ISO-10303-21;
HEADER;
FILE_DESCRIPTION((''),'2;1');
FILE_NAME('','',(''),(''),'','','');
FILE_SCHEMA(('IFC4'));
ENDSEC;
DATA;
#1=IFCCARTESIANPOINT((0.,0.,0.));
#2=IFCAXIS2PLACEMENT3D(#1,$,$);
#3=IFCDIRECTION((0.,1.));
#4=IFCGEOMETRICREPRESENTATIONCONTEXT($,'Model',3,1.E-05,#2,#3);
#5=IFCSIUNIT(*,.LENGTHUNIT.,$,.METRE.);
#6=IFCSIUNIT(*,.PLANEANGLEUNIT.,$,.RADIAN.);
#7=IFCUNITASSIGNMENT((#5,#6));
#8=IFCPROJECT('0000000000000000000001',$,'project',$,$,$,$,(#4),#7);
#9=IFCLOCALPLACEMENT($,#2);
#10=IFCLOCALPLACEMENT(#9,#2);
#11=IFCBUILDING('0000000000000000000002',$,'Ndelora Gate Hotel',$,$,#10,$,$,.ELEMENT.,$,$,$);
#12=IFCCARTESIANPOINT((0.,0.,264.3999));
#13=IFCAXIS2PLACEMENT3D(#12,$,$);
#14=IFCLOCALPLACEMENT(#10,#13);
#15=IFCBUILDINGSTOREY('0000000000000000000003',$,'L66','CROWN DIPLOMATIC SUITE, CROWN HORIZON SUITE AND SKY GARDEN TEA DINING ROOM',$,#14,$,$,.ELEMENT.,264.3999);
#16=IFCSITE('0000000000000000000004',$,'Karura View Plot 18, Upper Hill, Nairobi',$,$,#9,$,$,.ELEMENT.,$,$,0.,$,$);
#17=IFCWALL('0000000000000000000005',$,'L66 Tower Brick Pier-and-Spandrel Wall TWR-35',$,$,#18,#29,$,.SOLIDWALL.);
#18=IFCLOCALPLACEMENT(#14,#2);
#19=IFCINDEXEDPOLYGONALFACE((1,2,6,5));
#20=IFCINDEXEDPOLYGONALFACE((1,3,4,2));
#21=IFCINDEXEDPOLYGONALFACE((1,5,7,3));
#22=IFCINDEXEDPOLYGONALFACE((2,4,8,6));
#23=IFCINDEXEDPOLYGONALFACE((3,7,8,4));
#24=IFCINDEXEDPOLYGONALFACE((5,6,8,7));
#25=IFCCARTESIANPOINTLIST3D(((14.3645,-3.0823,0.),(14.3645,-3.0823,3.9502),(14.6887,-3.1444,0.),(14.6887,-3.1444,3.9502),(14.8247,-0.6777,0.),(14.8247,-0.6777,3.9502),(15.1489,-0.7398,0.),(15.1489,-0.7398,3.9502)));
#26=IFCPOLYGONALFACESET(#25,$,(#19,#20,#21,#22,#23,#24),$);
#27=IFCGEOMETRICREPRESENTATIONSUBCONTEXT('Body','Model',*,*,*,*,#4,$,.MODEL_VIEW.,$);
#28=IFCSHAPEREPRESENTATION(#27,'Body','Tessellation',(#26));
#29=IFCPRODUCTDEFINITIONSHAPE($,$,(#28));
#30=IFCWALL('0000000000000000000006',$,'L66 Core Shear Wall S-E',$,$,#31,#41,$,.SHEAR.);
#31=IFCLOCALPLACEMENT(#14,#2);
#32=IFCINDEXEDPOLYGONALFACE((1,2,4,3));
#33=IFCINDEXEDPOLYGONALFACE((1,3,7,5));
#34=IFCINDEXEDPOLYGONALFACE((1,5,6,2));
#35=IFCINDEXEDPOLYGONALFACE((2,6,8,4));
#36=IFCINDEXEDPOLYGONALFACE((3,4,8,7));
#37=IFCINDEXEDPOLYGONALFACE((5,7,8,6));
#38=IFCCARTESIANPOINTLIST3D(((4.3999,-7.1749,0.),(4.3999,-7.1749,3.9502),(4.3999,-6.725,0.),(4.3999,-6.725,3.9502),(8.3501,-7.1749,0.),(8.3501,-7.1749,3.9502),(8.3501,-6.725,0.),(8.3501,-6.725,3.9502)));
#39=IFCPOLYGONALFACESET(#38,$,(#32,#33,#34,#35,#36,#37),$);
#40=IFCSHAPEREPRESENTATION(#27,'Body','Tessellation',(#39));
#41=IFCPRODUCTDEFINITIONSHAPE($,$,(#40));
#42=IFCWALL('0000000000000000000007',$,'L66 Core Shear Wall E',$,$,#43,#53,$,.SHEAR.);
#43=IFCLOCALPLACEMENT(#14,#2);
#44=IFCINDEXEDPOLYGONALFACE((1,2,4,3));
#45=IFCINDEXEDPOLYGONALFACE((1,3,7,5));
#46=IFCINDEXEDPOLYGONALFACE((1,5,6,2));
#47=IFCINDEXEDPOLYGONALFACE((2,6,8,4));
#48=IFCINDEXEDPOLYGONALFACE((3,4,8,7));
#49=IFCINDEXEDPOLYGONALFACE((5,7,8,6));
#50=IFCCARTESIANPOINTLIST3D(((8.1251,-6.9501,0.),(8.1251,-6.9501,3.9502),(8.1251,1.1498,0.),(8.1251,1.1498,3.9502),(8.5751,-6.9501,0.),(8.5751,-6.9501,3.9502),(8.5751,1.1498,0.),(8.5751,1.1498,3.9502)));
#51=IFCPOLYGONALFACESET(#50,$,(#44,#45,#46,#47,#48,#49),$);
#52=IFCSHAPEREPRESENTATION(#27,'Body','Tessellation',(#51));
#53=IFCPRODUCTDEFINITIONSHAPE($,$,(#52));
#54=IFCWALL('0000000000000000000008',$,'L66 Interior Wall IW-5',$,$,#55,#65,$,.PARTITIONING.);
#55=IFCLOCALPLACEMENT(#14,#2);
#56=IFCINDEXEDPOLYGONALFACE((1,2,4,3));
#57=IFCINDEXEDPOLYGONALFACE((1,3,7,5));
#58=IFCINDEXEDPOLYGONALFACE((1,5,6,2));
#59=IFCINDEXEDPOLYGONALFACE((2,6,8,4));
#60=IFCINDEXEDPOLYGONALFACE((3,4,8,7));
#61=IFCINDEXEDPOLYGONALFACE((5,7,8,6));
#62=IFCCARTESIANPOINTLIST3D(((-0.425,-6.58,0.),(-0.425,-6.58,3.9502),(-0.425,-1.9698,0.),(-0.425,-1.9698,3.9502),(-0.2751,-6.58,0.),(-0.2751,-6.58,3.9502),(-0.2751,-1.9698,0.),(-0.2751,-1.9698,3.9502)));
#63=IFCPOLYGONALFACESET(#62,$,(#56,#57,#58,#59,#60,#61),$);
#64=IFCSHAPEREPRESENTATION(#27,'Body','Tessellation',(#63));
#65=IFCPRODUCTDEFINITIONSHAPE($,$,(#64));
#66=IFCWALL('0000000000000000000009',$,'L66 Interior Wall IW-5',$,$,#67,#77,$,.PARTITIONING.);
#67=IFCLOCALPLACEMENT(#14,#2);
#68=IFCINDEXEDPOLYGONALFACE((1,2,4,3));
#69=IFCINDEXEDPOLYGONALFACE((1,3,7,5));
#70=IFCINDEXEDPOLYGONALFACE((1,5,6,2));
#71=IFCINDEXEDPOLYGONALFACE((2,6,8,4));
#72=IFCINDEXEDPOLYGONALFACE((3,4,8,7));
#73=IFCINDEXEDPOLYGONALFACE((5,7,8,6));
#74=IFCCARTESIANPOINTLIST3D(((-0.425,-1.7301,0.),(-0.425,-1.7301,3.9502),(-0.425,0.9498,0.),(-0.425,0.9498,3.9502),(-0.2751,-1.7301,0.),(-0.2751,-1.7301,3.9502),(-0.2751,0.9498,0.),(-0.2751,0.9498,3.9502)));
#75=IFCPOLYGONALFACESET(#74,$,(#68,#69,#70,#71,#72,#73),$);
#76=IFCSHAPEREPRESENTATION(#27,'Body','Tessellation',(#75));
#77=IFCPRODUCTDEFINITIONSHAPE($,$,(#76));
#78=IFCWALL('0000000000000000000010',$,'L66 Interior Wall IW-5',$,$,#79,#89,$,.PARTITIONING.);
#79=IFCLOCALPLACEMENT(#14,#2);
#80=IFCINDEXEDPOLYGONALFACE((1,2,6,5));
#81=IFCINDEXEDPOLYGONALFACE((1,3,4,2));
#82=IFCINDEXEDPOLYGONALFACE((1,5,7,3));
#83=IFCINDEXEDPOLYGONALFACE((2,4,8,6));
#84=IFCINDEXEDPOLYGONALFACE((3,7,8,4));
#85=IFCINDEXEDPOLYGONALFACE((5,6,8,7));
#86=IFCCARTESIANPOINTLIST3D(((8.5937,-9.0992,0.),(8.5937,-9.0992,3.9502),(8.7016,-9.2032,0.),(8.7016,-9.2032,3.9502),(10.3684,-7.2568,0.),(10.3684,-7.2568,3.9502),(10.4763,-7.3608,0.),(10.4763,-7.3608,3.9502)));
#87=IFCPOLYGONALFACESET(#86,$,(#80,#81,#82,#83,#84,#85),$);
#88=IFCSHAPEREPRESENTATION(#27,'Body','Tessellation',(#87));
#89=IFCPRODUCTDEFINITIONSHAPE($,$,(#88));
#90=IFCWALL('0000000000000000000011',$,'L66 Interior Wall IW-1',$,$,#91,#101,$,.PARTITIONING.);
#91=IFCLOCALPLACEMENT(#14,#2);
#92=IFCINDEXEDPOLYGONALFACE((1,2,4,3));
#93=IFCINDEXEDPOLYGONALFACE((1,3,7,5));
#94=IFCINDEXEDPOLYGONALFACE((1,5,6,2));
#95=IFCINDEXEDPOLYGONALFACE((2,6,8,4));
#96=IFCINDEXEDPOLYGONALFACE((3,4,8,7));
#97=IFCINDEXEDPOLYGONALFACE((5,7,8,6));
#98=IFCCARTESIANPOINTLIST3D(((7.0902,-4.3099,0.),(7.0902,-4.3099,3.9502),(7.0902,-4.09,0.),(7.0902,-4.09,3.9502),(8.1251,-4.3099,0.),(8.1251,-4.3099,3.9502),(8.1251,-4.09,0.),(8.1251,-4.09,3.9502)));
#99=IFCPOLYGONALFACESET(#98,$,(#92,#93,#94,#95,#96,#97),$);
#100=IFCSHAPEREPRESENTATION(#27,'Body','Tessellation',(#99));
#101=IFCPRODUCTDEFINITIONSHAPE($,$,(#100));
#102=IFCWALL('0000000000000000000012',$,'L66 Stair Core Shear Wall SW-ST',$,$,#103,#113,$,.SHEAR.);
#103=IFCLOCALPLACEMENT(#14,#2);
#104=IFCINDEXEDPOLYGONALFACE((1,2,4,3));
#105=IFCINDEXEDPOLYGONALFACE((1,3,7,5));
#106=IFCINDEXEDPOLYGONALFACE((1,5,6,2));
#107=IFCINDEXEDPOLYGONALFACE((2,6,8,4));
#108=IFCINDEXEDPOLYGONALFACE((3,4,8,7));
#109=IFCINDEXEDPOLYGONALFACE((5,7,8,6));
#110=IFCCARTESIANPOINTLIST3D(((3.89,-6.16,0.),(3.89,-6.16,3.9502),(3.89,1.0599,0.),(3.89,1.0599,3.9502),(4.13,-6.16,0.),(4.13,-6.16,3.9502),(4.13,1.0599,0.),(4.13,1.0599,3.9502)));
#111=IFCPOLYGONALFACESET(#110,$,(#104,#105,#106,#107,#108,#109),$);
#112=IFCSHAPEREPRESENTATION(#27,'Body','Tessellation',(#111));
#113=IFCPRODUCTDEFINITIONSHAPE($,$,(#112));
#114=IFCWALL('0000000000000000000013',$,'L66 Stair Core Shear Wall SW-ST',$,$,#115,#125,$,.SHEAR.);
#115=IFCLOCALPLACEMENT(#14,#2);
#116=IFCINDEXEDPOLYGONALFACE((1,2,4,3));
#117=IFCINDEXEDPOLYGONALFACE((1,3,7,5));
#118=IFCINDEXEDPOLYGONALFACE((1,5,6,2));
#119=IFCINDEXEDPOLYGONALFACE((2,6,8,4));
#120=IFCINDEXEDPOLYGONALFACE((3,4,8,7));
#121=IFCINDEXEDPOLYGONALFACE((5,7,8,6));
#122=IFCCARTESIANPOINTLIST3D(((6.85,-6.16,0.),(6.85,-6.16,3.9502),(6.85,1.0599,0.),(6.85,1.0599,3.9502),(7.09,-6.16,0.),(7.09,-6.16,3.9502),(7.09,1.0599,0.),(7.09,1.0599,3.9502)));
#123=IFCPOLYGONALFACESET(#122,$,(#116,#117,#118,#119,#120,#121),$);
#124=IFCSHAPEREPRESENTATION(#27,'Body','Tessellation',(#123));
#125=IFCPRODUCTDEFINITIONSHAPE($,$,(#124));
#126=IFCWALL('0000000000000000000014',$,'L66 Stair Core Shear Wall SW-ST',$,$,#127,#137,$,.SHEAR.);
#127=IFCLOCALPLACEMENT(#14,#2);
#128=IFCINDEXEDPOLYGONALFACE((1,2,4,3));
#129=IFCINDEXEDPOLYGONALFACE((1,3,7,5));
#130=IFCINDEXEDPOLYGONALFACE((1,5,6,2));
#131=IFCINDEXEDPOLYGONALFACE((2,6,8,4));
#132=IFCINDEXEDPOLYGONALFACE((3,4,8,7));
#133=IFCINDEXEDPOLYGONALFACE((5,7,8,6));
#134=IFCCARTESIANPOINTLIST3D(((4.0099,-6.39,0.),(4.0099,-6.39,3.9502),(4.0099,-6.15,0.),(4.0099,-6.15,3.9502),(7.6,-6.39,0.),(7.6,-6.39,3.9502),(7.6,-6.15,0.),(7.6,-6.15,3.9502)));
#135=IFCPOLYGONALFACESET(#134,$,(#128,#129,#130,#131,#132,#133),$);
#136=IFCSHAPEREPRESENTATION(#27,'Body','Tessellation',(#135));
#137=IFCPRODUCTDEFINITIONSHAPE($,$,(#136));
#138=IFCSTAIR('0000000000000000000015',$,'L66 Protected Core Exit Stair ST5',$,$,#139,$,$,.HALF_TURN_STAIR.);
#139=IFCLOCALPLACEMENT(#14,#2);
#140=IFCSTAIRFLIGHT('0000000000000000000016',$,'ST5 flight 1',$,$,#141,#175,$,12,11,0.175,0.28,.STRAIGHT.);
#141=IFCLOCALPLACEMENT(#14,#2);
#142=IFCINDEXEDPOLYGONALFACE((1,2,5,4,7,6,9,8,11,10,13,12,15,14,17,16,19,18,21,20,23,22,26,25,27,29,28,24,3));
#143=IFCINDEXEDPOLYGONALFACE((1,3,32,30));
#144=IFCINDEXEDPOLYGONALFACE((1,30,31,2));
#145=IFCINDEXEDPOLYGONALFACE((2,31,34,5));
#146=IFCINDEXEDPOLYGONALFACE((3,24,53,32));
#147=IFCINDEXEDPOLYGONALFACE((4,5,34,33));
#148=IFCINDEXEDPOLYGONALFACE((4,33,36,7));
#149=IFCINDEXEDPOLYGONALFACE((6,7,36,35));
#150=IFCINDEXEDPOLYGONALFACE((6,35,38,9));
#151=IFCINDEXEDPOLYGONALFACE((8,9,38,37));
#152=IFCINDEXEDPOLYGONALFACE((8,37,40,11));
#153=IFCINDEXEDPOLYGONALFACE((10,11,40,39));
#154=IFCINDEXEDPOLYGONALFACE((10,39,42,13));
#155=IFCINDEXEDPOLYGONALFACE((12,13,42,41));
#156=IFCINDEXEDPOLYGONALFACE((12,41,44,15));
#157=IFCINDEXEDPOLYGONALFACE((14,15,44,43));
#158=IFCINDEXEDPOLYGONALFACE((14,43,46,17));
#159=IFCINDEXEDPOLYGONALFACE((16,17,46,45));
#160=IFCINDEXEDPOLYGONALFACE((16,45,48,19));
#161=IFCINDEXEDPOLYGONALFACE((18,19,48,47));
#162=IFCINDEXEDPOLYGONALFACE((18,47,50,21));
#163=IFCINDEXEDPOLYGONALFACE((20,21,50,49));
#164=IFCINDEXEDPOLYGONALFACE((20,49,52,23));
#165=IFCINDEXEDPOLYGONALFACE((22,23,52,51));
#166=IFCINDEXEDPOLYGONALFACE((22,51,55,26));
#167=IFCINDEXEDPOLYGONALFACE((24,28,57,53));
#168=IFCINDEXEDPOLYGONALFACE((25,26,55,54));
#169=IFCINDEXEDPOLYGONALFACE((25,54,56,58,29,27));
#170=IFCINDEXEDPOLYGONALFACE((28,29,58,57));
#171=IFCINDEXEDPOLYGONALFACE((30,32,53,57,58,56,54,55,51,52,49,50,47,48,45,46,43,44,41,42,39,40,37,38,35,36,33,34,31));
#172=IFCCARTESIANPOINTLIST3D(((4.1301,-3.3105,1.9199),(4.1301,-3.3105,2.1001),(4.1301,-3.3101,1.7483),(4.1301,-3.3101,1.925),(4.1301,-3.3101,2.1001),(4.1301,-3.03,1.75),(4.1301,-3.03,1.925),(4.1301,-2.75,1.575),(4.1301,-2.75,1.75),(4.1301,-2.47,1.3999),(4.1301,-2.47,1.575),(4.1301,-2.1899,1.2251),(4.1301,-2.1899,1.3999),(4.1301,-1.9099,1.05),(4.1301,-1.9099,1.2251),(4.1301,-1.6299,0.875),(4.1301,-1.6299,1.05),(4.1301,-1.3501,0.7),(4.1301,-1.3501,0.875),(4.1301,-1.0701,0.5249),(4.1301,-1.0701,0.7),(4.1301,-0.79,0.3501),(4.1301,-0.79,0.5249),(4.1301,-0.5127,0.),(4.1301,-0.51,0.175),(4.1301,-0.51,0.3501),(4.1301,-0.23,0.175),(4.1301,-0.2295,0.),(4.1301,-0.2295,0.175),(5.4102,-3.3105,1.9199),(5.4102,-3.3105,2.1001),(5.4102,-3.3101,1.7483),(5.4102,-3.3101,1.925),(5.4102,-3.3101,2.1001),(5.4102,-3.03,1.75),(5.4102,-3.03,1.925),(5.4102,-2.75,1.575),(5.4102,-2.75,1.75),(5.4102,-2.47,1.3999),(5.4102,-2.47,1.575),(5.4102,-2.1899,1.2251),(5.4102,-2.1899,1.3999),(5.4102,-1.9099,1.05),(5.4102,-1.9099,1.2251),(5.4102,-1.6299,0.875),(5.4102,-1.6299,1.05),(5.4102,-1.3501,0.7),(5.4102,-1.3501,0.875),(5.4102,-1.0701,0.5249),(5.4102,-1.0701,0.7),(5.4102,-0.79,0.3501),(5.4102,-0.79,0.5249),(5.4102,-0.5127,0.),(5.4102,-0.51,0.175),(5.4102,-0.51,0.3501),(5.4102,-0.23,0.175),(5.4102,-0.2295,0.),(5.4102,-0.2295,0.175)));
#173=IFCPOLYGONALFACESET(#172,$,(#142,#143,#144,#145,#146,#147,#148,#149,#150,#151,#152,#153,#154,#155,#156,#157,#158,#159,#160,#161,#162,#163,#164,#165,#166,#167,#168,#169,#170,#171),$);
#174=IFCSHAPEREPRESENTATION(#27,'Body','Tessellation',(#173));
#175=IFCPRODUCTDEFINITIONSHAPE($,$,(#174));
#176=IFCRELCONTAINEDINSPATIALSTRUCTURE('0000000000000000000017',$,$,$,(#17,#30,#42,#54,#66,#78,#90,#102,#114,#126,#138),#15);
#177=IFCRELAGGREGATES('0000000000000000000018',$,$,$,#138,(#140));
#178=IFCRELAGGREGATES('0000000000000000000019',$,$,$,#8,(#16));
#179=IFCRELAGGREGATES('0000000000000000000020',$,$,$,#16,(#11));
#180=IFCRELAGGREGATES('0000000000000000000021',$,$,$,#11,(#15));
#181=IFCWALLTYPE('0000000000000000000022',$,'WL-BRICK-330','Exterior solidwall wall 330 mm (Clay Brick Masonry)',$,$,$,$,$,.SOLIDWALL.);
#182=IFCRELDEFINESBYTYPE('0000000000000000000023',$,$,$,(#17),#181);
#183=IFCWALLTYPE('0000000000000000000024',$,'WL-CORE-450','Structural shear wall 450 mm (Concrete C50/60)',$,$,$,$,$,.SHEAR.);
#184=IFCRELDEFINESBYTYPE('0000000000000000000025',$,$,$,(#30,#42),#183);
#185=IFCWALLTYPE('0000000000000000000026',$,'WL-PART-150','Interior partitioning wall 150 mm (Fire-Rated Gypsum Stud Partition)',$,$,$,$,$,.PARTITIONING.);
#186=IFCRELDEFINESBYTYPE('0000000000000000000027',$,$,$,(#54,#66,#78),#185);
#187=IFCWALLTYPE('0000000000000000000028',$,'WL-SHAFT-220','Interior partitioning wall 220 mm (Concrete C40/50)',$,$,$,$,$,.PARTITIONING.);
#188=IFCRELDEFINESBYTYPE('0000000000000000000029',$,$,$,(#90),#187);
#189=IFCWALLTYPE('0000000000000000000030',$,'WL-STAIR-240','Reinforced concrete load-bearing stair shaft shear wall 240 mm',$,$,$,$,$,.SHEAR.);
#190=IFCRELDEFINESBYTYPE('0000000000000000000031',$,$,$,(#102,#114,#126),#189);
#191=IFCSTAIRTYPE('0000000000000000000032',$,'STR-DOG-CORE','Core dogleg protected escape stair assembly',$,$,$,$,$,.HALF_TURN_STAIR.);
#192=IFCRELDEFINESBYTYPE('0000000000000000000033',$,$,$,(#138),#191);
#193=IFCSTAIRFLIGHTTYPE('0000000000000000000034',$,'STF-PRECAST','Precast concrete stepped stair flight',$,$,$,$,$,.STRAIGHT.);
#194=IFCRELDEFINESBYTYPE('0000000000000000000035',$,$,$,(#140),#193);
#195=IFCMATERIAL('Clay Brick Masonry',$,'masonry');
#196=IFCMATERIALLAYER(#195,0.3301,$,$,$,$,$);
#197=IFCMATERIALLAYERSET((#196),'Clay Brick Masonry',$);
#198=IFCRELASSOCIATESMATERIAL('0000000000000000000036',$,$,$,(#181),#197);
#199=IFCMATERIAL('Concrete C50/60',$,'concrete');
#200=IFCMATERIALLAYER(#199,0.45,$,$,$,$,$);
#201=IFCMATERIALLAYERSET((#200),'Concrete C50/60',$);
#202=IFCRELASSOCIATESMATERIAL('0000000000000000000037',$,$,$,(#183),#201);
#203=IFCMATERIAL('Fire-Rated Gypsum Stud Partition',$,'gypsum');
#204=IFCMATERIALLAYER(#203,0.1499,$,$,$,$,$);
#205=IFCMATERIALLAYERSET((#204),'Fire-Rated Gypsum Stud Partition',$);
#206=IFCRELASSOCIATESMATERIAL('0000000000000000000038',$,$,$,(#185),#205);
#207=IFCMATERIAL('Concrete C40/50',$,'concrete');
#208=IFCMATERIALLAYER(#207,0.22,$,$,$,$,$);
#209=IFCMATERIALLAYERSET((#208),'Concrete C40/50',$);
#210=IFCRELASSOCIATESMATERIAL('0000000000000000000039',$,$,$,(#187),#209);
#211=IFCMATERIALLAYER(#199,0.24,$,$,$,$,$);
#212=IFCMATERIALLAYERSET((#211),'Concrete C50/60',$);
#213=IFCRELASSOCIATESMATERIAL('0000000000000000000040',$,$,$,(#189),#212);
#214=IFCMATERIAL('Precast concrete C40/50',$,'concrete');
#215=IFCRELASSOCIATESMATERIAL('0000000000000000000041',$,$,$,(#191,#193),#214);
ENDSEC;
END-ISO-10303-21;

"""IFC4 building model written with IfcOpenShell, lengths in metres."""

from ifc_helpers import new_model, si_unit, direction, frame, frame_2d, origin, place, context, subcontext, project, spatial, polyline, rectangle, outline, extrude, material, layer, layer_set, type_object, element, aggregate, save


model = new_model("IFC4")

# Units and contexts
model_context = context("Model", 3, precision=1e-05, world=origin(), true_north=direction((0.0, 1.0)))
body_context = subcontext(model_context, "Body", "Model", "MODEL_VIEW")
ifc_project = project(units=[si_unit("LENGTHUNIT", "METRE"), si_unit("PLANEANGLEUNIT", "RADIAN")], contexts=[model_context])

# Site, building, storey
site_placement = place(None, origin())
site = spatial("IfcSite", under=ifc_project, at=site_placement, Name="Karura View Plot 18, Upper Hill, Nairobi", CompositionType="ELEMENT", RefElevation=0.0)
building_placement = place(site_placement, origin())
building = spatial("IfcBuilding", under=site, at=building_placement, Name="Ndelora Gate Hotel", CompositionType="ELEMENT")
storey_placement = place(building_placement, frame((0.0, 0.0, 264.3999)))
storey = spatial("IfcBuildingStorey", under=building, at=storey_placement, Name="L66", Description="CROWN DIPLOMATIC SUITE, CROWN HORIZON SUITE AND SKY GARDEN TEA DINING ROOM", CompositionType="ELEMENT", Elevation=264.3999)

# Shared definitions
ifc_material_1 = material(Name="Concrete C50/60", Category="concrete")

# Walls
ifc_material_2 = material(Name="Clay Brick Masonry", Category="masonry")
ifc_layer_1 = layer(ifc_material_2, 0.3301)
ifc_layer_set_1 = layer_set([ifc_layer_1], Name="Clay Brick Masonry")
wall_type_1 = type_object("IfcWallType", Name="WL-BRICK-330", Description="Exterior solidwall wall 330 mm (Clay Brick Masonry)", PredefinedType="SOLIDWALL", material=ifc_layer_set_1)
wall_1_placement = place(storey_placement, frame((14.9868, -0.7087, 0.0), z_axis=(0.0, 0.0, 1.0), x_axis=(-0.187978, -0.982173, 0.0)))
element("IfcWall", 1, at=wall_1_placement, inside=storey, type_object=wall_type_1, Name="L66 Tower Brick Pier-and-Spandrel Wall TWR-35", PredefinedType="SOLIDWALL", context=body_context, shape_type="SweptSolid", body=[
    extrude(rectangle(XDim=2.4482, YDim=0.3301, at=frame_2d((1.2241, 0.0))), origin(), (0.0, 0.0, 1.0), 3.9502),
])
ifc_layer_2 = layer(ifc_material_1, 0.45)
ifc_layer_set_2 = layer_set([ifc_layer_2], Name="Concrete C50/60")
wall_type_2 = type_object("IfcWallType", Name="WL-CORE-450", Description="Structural shear wall 450 mm (Concrete C50/60)", PredefinedType="SHEAR", material=ifc_layer_set_2)
wall_2_placement = place(storey_placement, frame((4.3999, -6.95, 0.0), z_axis=(0.0, 0.0, 1.0), x_axis=(1.0, 0.0, 0.0)))
element("IfcWall", 2, at=wall_2_placement, inside=storey, type_object=wall_type_2, Name="L66 Core Shear Wall S-E", PredefinedType="SHEAR", context=body_context, shape_type="SweptSolid", body=[
    extrude(rectangle(XDim=3.9502, YDim=0.45, at=frame_2d((1.9751, 0.0))), origin(), (0.0, 0.0, 1.0), 3.9502),
])
wall_3_placement = place(storey_placement, frame((8.3501, -6.95, 0.0), z_axis=(0.0, 0.0, 1.0), x_axis=(0.0, 1.0, 0.0)))
element("IfcWall", 3, at=wall_3_placement, inside=storey, type_object=wall_type_2, Name="L66 Core Shear Wall E", PredefinedType="SHEAR", context=body_context, shape_type="SweptSolid", body=[
    extrude(rectangle(XDim=8.0999, YDim=0.45, at=frame_2d((4.0498, 0.0))), origin(), (0.0, 0.0, 1.0), 3.9502),
])
ifc_material_3 = material(Name="Fire-Rated Gypsum Stud Partition", Category="gypsum")
ifc_layer_3 = layer(ifc_material_3, 0.1499)
ifc_layer_set_3 = layer_set([ifc_layer_3], Name="Fire-Rated Gypsum Stud Partition")
wall_type_3 = type_object("IfcWallType", Name="WL-PART-150", Description="Interior partitioning wall 150 mm (Fire-Rated Gypsum Stud Partition)", PredefinedType="PARTITIONING", material=ifc_layer_set_3)
wall_4_placement = place(storey_placement, frame((-0.3501, -6.5801, 0.0), z_axis=(0.0, 0.0, 1.0), x_axis=(0.0, 1.0, 0.0)))
element("IfcWall", 4, at=wall_4_placement, inside=storey, type_object=wall_type_3, Name="L66 Interior Wall IW-5", PredefinedType="PARTITIONING", context=body_context, shape_type="SweptSolid", body=[
    extrude(rectangle(XDim=4.6101, YDim=0.1499, at=frame_2d((2.3052, 0.0))), origin(), (0.0, 0.0, 1.0), 3.9502),
])
wall_5_placement = place(storey_placement, frame((-0.3501, -1.73, 0.0), z_axis=(0.0, 0.0, 1.0), x_axis=(0.0, 1.0, 0.0)))
element("IfcWall", 5, at=wall_5_placement, inside=storey, type_object=wall_type_3, Name="L66 Interior Wall IW-5", PredefinedType="PARTITIONING", context=body_context, shape_type="SweptSolid", body=[
    extrude(rectangle(XDim=2.6799, YDim=0.1499, at=frame_2d((1.3398, 0.0))), origin(), (0.0, 0.0, 1.0), 3.9502),
])
wall_6_placement = place(storey_placement, frame((10.4224, -7.3088, 0.0), z_axis=(0.0, 0.0, 1.0), x_axis=(-0.693765, -0.720202, 0.0)))
element("IfcWall", 6, at=wall_6_placement, inside=storey, type_object=wall_type_3, Name="L66 Interior Wall IW-5", PredefinedType="PARTITIONING", context=body_context, shape_type="SweptSolid", body=[
    extrude(rectangle(XDim=2.5581, YDim=0.1499, at=frame_2d((1.2791, 0.0))), origin(), (0.0, 0.0, 1.0), 3.9502),
])
ifc_material_4 = material(Name="Concrete C40/50", Category="concrete")
ifc_layer_4 = layer(ifc_material_4, 0.22)
ifc_layer_set_4 = layer_set([ifc_layer_4], Name="Concrete C40/50")
wall_type_4 = type_object("IfcWallType", Name="WL-SHAFT-220", Description="Interior partitioning wall 220 mm (Concrete C40/50)", PredefinedType="PARTITIONING", material=ifc_layer_set_4)
wall_7_placement = place(storey_placement, frame((7.0901, -4.2, 0.0), z_axis=(0.0, 0.0, 1.0), x_axis=(1.0, 0.0, 0.0)))
element("IfcWall", 7, at=wall_7_placement, inside=storey, type_object=wall_type_4, Name="L66 Interior Wall IW-1", PredefinedType="PARTITIONING", context=body_context, shape_type="SweptSolid", body=[
    extrude(rectangle(XDim=1.0349, YDim=0.22, at=frame_2d((0.5176, 0.0))), origin(), (0.0, 0.0, 1.0), 3.9502),
])
ifc_layer_5 = layer(ifc_material_1, 0.24)
ifc_layer_set_5 = layer_set([ifc_layer_5], Name="Concrete C50/60")
wall_type_5 = type_object("IfcWallType", Name="WL-STAIR-240", Description="Reinforced concrete load-bearing stair shaft shear wall 240 mm", PredefinedType="SHEAR", material=ifc_layer_set_5)
for number, where, z_axis, x_axis, name in (
    (8, (4.01, -6.1599, 0.0), (0.0, 0.0, 1.0), (0.0, 1.0, 0.0), "L66 Stair Core Shear Wall SW-ST"),
    (9, (6.97, -6.1599, 0.0), (0.0, 0.0, 1.0), (0.0, 1.0, 0.0), "L66 Stair Core Shear Wall SW-ST"),
):
    element("IfcWall", number, at=place(storey_placement, frame(where, z_axis=z_axis, x_axis=x_axis)), inside=storey, type_object=wall_type_5, Name=name, PredefinedType="SHEAR", context=body_context, shape_type="SweptSolid", body=[
        extrude(rectangle(XDim=7.22, YDim=0.24, at=frame_2d((3.6099, 0.0))), origin(), (0.0, 0.0, 1.0), 3.9502),
    ])
wall_8_placement = place(storey_placement, frame((4.01, -6.27, 0.0), z_axis=(0.0, 0.0, 1.0), x_axis=(1.0, 0.0, 0.0)))
element("IfcWall", 10, at=wall_8_placement, inside=storey, type_object=wall_type_5, Name="L66 Stair Core Shear Wall SW-ST", PredefinedType="SHEAR", context=body_context, shape_type="SweptSolid", body=[
    extrude(rectangle(XDim=3.5901, YDim=0.24, at=frame_2d((1.7949, 0.0))), origin(), (0.0, 0.0, 1.0), 3.9502),
])

# Stair, stair flight
ifc_material_5 = material(Name="Precast concrete C40/50", Category="concrete")
stair_type = type_object("IfcStairType", Name="STR-DOG-CORE", Description="Core dogleg protected escape stair assembly", PredefinedType="HALF_TURN_STAIR", material=ifc_material_5)
stair_placement = place(storey_placement, origin())
stair = element("IfcStair", 11, at=stair_placement, inside=storey, type_object=stair_type, Name="L66 Protected Core Exit Stair ST5", PredefinedType="HALF_TURN_STAIR")
stair_flight_type = type_object("IfcStairFlightType", Name="STF-PRECAST", Description="Precast concrete stepped stair flight", PredefinedType="STRAIGHT", material=ifc_material_5)
stair_flight_1_placement = place(storey_placement, frame((4.77, -0.23, 0.0), z_axis=(0.0, 0.0, 1.0), x_axis=(0.0, -1.0, 0.0)))
stair_flight_1 = element("IfcStairFlight", 12, at=stair_flight_1_placement, type_object=stair_flight_type, Name="ST5 flight 1", NumberOfRisers=12, NumberOfTreads=11, PredefinedType="STRAIGHT", RiserHeight=0.175, TreadLength=0.28, context=body_context, shape_type="SweptSolid", body=[
    extrude(outline(polyline([(-0.0005, 0.0), (-0.0005, 0.175), (0.0, 0.175), (0.28, 0.175), (0.28, 0.3501), (0.5601, 0.3501), (0.5601, 0.5249), (0.8401, 0.5249), (0.8401, 0.7), (1.1201, 0.7), (1.1201, 0.875), (1.3999, 0.875), (1.3999, 1.05), (1.6799, 1.05), (1.6799, 1.2251), (1.96, 1.2251), (1.96, 1.3999), (2.24, 1.3999), (2.24, 1.575), (2.52, 1.575), (2.52, 1.75), (2.8, 1.75), (2.8, 1.925), (3.0801, 1.925), (3.0801, 2.1001), (3.0806, 2.1001), (3.0806, 1.9199), (3.0801, 1.7483), (0.2827, 0.0), (-0.0005, 0.0)])), frame((0.0, 0.6401, 0.0), z_axis=(0.0, -1.0, 0.0), x_axis=(1.0, 0.0, 0.0)), (0.0, 0.0, 1.0), 1.28),
])
aggregate(stair, [stair_flight_1])

save(model, "model.ifc")
